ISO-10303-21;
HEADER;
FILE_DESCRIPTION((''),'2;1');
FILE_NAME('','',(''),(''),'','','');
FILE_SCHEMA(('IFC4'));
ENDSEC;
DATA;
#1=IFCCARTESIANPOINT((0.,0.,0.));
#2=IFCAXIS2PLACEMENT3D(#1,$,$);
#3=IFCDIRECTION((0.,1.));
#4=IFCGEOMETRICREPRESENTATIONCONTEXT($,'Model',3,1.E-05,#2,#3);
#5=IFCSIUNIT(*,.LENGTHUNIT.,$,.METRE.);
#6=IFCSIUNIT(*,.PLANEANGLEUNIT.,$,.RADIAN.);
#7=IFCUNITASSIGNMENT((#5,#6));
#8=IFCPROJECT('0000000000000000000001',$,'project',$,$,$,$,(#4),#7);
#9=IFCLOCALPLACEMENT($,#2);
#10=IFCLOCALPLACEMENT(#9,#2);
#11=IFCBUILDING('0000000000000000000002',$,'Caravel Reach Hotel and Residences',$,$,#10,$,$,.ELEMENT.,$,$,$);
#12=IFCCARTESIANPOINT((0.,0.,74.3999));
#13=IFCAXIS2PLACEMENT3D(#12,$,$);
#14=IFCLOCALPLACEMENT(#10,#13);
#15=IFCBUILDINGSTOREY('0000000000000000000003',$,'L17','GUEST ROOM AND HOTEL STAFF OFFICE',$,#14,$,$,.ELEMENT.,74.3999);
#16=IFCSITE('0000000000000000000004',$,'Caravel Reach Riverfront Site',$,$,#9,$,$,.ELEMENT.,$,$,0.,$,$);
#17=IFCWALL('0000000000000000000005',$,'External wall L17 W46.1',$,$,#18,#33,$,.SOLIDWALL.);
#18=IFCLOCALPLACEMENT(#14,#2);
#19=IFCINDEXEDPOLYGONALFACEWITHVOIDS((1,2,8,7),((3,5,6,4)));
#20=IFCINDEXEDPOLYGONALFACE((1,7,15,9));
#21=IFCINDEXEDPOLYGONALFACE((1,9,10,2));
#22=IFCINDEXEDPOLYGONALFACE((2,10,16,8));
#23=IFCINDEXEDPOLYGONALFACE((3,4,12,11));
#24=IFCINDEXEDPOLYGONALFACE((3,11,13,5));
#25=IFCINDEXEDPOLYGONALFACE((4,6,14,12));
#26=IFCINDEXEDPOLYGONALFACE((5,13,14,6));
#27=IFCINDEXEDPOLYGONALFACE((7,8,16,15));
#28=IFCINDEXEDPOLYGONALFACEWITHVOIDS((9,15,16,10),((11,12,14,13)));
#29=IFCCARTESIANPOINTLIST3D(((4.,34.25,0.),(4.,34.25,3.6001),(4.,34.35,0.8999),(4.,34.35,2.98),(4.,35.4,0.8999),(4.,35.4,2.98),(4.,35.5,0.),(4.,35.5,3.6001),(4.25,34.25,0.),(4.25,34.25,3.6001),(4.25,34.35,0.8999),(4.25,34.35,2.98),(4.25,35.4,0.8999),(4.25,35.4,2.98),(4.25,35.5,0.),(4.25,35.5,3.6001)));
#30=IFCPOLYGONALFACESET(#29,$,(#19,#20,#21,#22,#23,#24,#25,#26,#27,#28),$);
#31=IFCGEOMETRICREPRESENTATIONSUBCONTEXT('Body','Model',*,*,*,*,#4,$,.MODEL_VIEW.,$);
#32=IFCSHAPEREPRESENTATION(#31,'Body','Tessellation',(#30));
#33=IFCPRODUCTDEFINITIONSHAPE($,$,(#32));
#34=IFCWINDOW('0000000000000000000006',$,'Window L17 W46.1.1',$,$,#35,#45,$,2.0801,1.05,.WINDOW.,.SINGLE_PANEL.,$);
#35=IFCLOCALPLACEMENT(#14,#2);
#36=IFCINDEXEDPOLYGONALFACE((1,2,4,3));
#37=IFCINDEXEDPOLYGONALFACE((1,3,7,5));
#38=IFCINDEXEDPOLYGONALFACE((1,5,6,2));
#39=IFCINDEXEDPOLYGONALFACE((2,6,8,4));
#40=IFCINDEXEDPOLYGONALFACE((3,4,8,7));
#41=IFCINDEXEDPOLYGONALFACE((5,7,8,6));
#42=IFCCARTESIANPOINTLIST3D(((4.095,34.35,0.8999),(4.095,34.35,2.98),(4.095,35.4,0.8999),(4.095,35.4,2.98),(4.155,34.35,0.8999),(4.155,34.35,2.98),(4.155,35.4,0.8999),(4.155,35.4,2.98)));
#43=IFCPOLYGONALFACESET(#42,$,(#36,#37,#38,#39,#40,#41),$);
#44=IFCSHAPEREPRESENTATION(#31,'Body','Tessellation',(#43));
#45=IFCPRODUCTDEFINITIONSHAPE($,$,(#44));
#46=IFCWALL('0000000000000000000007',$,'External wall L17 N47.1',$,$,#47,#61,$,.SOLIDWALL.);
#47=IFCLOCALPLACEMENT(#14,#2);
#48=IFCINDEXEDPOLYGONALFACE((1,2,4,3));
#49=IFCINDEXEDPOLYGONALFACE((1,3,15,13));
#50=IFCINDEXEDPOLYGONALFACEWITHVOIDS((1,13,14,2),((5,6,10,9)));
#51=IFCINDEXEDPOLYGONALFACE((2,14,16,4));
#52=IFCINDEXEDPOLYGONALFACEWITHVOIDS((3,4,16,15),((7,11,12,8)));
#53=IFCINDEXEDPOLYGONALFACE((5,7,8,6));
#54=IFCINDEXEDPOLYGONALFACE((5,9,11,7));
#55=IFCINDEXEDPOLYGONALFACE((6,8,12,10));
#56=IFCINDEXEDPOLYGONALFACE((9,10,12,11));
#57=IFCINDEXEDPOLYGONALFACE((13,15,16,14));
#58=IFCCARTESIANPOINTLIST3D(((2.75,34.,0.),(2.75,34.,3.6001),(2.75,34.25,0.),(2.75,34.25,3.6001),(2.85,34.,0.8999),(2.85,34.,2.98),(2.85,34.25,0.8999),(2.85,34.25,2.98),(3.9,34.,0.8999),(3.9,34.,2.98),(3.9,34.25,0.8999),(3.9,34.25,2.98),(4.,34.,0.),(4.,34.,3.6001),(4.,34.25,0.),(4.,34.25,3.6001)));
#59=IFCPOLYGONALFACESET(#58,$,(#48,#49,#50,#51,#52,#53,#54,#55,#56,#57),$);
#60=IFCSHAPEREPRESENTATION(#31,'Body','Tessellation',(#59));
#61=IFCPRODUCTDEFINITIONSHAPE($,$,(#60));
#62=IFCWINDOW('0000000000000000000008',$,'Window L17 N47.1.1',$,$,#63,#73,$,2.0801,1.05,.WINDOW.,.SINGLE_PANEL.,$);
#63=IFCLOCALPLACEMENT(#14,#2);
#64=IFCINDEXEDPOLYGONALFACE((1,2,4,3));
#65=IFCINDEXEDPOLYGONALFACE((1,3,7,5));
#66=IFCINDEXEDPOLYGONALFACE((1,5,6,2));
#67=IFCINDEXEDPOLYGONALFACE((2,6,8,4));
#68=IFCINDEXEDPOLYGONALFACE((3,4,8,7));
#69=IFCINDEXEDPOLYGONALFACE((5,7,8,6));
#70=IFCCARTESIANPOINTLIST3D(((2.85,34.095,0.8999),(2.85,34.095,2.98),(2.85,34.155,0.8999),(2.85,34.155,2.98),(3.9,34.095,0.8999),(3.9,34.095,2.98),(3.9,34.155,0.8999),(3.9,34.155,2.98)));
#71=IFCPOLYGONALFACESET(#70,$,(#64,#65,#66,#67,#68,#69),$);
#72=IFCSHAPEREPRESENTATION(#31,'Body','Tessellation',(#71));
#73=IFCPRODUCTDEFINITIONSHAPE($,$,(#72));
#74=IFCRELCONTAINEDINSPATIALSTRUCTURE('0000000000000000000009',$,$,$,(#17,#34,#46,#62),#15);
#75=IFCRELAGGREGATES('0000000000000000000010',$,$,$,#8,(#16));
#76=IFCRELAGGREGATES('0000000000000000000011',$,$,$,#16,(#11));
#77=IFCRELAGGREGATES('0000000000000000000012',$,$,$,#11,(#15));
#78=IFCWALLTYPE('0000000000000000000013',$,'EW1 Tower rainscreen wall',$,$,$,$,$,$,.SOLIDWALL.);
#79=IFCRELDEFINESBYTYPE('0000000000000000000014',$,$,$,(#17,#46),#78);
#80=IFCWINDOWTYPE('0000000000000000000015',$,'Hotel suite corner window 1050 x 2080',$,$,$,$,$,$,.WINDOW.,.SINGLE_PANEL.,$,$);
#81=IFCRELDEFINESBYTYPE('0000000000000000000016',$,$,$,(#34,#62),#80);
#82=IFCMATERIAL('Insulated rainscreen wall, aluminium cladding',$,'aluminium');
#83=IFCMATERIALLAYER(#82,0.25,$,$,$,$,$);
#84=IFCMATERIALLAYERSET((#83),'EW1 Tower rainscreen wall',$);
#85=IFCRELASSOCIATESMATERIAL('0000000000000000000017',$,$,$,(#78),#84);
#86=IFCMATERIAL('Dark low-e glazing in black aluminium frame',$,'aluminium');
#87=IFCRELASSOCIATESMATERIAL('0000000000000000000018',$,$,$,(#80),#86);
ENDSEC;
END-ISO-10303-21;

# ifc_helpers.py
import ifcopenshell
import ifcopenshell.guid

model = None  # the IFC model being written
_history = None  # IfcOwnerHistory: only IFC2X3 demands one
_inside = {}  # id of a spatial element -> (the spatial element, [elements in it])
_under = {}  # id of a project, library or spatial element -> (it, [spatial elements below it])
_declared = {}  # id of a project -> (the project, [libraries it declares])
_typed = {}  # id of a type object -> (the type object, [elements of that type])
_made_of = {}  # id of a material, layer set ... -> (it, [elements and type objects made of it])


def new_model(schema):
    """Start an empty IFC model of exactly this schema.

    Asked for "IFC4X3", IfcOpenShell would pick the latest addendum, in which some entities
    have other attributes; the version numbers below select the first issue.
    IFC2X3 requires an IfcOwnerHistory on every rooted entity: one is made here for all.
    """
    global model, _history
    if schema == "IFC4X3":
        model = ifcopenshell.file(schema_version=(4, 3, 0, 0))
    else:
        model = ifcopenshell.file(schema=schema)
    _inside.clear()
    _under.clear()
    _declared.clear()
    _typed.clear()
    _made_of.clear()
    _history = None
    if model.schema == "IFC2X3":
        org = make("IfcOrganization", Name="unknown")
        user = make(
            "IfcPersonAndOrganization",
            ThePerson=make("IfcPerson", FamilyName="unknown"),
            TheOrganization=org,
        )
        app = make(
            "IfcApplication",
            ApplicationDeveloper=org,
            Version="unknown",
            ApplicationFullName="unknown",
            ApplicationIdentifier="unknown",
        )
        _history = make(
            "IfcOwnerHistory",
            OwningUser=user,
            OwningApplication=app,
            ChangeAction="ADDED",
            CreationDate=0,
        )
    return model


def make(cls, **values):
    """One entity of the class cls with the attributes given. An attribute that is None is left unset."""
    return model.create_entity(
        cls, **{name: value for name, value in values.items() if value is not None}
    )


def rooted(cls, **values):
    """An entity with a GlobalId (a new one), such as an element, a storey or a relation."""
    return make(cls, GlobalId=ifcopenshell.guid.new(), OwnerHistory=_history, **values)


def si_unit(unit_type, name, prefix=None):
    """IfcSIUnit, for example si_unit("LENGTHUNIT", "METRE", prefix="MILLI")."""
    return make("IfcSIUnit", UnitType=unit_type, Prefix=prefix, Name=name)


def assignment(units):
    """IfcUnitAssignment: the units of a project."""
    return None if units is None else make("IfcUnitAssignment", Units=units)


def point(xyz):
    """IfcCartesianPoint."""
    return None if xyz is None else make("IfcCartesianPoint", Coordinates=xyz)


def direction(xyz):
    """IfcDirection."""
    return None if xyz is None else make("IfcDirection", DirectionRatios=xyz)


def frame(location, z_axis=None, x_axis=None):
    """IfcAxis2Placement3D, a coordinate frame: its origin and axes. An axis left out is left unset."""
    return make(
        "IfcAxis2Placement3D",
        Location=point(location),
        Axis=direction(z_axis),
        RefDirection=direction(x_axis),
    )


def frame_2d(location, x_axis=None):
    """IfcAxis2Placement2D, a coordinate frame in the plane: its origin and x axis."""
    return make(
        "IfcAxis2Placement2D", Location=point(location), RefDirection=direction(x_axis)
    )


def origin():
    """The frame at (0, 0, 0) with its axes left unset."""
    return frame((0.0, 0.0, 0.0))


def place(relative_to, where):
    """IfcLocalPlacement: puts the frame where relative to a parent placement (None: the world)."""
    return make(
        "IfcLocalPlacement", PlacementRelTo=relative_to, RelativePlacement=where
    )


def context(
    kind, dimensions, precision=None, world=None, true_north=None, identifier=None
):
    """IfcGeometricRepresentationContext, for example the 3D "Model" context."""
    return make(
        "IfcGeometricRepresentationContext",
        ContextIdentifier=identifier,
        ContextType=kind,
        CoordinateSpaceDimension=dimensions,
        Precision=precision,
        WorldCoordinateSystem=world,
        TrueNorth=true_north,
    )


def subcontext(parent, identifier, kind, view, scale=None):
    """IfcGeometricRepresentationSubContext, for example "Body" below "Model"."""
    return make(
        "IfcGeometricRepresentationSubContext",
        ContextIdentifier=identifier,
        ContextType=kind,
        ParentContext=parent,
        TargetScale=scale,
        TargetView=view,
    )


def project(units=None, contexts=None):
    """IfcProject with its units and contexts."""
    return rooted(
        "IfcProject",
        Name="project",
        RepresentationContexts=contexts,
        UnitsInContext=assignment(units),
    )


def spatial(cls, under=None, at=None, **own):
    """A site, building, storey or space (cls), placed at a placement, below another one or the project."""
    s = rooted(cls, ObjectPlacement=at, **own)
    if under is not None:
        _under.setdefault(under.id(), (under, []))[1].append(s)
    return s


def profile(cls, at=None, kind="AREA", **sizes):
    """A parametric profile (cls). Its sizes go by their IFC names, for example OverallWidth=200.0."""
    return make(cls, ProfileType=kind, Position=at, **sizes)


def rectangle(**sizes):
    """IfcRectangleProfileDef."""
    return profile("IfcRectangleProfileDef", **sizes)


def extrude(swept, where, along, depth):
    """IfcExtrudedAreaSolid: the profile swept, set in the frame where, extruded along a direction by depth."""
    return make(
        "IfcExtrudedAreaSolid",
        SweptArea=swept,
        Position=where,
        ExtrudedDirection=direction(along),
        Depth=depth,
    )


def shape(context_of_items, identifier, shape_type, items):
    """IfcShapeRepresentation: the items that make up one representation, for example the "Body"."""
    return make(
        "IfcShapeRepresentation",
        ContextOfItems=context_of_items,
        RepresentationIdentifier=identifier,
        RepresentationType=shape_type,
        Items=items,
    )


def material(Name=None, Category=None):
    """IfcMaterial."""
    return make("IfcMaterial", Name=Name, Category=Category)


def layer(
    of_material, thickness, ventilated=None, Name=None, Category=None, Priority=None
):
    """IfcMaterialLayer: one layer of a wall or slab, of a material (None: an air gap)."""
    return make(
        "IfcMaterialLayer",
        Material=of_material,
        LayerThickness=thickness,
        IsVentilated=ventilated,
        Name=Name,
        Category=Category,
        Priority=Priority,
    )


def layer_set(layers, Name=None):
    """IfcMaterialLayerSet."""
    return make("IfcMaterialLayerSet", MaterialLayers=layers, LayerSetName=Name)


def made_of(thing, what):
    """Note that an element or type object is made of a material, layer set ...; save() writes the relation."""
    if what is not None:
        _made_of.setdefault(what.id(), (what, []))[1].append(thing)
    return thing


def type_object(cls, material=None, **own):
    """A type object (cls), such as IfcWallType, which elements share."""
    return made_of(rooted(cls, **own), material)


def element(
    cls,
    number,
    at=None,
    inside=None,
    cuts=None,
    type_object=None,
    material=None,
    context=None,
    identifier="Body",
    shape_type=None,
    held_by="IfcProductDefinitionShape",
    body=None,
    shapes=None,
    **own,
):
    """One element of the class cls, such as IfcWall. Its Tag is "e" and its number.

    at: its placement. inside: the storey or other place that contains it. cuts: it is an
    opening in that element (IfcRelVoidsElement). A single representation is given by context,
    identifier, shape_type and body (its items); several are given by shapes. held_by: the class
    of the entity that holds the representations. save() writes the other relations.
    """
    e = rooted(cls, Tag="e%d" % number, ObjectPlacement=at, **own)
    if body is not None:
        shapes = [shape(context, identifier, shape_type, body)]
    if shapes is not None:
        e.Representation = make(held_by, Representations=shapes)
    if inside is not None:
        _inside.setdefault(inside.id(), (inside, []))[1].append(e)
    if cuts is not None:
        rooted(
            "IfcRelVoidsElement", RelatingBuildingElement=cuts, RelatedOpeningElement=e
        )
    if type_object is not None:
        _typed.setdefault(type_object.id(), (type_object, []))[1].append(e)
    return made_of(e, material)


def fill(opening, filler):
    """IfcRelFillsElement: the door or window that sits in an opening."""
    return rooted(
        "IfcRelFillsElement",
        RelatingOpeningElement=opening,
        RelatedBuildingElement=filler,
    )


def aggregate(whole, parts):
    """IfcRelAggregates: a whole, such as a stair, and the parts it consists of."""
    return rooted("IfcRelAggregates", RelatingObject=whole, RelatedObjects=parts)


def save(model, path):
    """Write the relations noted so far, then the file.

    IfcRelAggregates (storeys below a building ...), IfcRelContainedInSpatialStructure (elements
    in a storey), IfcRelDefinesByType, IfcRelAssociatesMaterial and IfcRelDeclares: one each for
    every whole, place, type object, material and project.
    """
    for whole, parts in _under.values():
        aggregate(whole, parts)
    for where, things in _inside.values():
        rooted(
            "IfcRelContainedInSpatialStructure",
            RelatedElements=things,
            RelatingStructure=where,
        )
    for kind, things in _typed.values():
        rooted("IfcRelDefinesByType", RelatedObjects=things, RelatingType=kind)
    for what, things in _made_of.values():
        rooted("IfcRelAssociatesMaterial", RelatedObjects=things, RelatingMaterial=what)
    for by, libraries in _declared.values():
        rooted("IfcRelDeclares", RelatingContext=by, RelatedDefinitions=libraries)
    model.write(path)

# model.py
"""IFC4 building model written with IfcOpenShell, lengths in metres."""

from ifc_helpers import new_model, si_unit, direction, frame, frame_2d, origin, place, context, subcontext, project, spatial, rectangle, extrude, material, layer, layer_set, type_object, element, fill, save


model = new_model("IFC4")

# Units and contexts
model_context = context("Model", 3, precision=1e-05, world=origin(), true_north=direction((0.0, 1.0)))
body_context = subcontext(model_context, "Body", "Model", "MODEL_VIEW")
ifc_project = project(units=[si_unit("LENGTHUNIT", "METRE"), si_unit("PLANEANGLEUNIT", "RADIAN")], contexts=[model_context])

# Site, building, storey
site_placement = place(None, origin())
site = spatial("IfcSite", under=ifc_project, at=site_placement, Name="Caravel Reach Riverfront Site", CompositionType="ELEMENT", RefElevation=0.0)
building_placement = place(site_placement, origin())
building = spatial("IfcBuilding", under=site, at=building_placement, Name="Caravel Reach Hotel and Residences", CompositionType="ELEMENT")
storey_placement = place(building_placement, frame((0.0, 0.0, 74.3999)))
storey = spatial("IfcBuildingStorey", under=building, at=storey_placement, Name="L17", Description="GUEST ROOM AND HOTEL STAFF OFFICE", CompositionType="ELEMENT", Elevation=74.3999)

# Walls, openings, windows
ifc_material_1 = material(Name="Insulated rainscreen wall, aluminium cladding", Category="aluminium")
ifc_layer = layer(ifc_material_1, 0.25)
ifc_layer_set = layer_set([ifc_layer], Name="EW1 Tower rainscreen wall")
wall_type = type_object("IfcWallType", Name="EW1 Tower rainscreen wall", PredefinedType="SOLIDWALL", material=ifc_layer_set)
wall_1_placement = place(storey_placement, frame((4.125, 35.5, 0.0), z_axis=(0.0, 0.0, 1.0), x_axis=(0.0, -1.0, 0.0)))
wall_1 = element("IfcWall", 1, at=wall_1_placement, inside=storey, type_object=wall_type, Name="External wall L17 W46.1", PredefinedType="SOLIDWALL", context=body_context, shape_type="SweptSolid", body=[
    extrude(rectangle(XDim=1.25, YDim=0.25, at=frame_2d((0.625, 0.0))), origin(), (0.0, 0.0, 1.0), 3.6001),
])
opening_1_placement = place(wall_1_placement, frame((0.1001, 0.0, 0.8999)))
opening_1 = element("IfcOpeningElement", 2, at=opening_1_placement, cuts=wall_1, PredefinedType="OPENING", context=body_context, shape_type="SweptSolid", body=[
    extrude(rectangle(XDim=1.05, YDim=2.0801, at=frame_2d((0.5249, 1.04))), frame((0.0, 0.135, 0.0), z_axis=(0.0, -1.0, 0.0), x_axis=(1.0, 0.0, 0.0)), (0.0, 0.0, 1.0), 0.27),
])
ifc_material_2 = material(Name="Dark low-e glazing in black aluminium frame", Category="aluminium")
window_type = type_object("IfcWindowType", Name="Hotel suite corner window 1050 x 2080", PartitioningType="SINGLE_PANEL", PredefinedType="WINDOW", material=ifc_material_2)
window_1_placement = place(opening_1_placement, origin())
window_1 = element("IfcWindow", 3, at=window_1_placement, inside=storey, type_object=window_type, Name="Window L17 W46.1.1", OverallHeight=2.0801, OverallWidth=1.05, PartitioningType="SINGLE_PANEL", PredefinedType="WINDOW", context=body_context, shape_type="SweptSolid", body=[
    extrude(rectangle(XDim=1.05, YDim=2.0801, at=frame_2d((0.5249, 1.04))), frame((0.0, 0.03, 0.0), z_axis=(0.0, -1.0, 0.0), x_axis=(1.0, 0.0, 0.0)), (0.0, 0.0, 1.0), 0.0601),
])
fill(opening_1, window_1)
wall_2_placement = place(storey_placement, frame((4.0, 34.125, 0.0), z_axis=(0.0, 0.0, 1.0), x_axis=(-1.0, 0.0, 0.0)))
wall_2 = element("IfcWall", 4, at=wall_2_placement, inside=storey, type_object=wall_type, Name="External wall L17 N47.1", PredefinedType="SOLIDWALL", context=body_context, shape_type="SweptSolid", body=[
    extrude(rectangle(XDim=1.25, YDim=0.25, at=frame_2d((0.625, 0.0))), origin(), (0.0, 0.0, 1.0), 3.6001),
])
opening_2_placement = place(wall_2_placement, frame((0.1001, 0.0, 0.8999)))
opening_2 = element("IfcOpeningElement", 5, at=opening_2_placement, cuts=wall_2, PredefinedType="OPENING", context=body_context, shape_type="SweptSolid", body=[
    extrude(rectangle(XDim=1.05, YDim=2.0801, at=frame_2d((0.5249, 1.04))), frame((0.0, 0.135, 0.0), z_axis=(0.0, -1.0, 0.0), x_axis=(1.0, 0.0, 0.0)), (0.0, 0.0, 1.0), 0.27),
])
window_2_placement = place(opening_2_placement, origin())
window_2 = element("IfcWindow", 6, at=window_2_placement, inside=storey, type_object=window_type, Name="Window L17 N47.1.1", OverallHeight=2.0801, OverallWidth=1.05, PartitioningType="SINGLE_PANEL", PredefinedType="WINDOW", context=body_context, shape_type="SweptSolid", body=[
    extrude(rectangle(XDim=1.05, YDim=2.0801, at=frame_2d((0.5249, 1.04))), frame((0.0, 0.03, 0.0), z_axis=(0.0, -1.0, 0.0), x_axis=(1.0, 0.0, 0.0)), (0.0, 0.0, 1.0), 0.0601),
])
fill(opening_2, window_2)

save(model, "model.ifc")
